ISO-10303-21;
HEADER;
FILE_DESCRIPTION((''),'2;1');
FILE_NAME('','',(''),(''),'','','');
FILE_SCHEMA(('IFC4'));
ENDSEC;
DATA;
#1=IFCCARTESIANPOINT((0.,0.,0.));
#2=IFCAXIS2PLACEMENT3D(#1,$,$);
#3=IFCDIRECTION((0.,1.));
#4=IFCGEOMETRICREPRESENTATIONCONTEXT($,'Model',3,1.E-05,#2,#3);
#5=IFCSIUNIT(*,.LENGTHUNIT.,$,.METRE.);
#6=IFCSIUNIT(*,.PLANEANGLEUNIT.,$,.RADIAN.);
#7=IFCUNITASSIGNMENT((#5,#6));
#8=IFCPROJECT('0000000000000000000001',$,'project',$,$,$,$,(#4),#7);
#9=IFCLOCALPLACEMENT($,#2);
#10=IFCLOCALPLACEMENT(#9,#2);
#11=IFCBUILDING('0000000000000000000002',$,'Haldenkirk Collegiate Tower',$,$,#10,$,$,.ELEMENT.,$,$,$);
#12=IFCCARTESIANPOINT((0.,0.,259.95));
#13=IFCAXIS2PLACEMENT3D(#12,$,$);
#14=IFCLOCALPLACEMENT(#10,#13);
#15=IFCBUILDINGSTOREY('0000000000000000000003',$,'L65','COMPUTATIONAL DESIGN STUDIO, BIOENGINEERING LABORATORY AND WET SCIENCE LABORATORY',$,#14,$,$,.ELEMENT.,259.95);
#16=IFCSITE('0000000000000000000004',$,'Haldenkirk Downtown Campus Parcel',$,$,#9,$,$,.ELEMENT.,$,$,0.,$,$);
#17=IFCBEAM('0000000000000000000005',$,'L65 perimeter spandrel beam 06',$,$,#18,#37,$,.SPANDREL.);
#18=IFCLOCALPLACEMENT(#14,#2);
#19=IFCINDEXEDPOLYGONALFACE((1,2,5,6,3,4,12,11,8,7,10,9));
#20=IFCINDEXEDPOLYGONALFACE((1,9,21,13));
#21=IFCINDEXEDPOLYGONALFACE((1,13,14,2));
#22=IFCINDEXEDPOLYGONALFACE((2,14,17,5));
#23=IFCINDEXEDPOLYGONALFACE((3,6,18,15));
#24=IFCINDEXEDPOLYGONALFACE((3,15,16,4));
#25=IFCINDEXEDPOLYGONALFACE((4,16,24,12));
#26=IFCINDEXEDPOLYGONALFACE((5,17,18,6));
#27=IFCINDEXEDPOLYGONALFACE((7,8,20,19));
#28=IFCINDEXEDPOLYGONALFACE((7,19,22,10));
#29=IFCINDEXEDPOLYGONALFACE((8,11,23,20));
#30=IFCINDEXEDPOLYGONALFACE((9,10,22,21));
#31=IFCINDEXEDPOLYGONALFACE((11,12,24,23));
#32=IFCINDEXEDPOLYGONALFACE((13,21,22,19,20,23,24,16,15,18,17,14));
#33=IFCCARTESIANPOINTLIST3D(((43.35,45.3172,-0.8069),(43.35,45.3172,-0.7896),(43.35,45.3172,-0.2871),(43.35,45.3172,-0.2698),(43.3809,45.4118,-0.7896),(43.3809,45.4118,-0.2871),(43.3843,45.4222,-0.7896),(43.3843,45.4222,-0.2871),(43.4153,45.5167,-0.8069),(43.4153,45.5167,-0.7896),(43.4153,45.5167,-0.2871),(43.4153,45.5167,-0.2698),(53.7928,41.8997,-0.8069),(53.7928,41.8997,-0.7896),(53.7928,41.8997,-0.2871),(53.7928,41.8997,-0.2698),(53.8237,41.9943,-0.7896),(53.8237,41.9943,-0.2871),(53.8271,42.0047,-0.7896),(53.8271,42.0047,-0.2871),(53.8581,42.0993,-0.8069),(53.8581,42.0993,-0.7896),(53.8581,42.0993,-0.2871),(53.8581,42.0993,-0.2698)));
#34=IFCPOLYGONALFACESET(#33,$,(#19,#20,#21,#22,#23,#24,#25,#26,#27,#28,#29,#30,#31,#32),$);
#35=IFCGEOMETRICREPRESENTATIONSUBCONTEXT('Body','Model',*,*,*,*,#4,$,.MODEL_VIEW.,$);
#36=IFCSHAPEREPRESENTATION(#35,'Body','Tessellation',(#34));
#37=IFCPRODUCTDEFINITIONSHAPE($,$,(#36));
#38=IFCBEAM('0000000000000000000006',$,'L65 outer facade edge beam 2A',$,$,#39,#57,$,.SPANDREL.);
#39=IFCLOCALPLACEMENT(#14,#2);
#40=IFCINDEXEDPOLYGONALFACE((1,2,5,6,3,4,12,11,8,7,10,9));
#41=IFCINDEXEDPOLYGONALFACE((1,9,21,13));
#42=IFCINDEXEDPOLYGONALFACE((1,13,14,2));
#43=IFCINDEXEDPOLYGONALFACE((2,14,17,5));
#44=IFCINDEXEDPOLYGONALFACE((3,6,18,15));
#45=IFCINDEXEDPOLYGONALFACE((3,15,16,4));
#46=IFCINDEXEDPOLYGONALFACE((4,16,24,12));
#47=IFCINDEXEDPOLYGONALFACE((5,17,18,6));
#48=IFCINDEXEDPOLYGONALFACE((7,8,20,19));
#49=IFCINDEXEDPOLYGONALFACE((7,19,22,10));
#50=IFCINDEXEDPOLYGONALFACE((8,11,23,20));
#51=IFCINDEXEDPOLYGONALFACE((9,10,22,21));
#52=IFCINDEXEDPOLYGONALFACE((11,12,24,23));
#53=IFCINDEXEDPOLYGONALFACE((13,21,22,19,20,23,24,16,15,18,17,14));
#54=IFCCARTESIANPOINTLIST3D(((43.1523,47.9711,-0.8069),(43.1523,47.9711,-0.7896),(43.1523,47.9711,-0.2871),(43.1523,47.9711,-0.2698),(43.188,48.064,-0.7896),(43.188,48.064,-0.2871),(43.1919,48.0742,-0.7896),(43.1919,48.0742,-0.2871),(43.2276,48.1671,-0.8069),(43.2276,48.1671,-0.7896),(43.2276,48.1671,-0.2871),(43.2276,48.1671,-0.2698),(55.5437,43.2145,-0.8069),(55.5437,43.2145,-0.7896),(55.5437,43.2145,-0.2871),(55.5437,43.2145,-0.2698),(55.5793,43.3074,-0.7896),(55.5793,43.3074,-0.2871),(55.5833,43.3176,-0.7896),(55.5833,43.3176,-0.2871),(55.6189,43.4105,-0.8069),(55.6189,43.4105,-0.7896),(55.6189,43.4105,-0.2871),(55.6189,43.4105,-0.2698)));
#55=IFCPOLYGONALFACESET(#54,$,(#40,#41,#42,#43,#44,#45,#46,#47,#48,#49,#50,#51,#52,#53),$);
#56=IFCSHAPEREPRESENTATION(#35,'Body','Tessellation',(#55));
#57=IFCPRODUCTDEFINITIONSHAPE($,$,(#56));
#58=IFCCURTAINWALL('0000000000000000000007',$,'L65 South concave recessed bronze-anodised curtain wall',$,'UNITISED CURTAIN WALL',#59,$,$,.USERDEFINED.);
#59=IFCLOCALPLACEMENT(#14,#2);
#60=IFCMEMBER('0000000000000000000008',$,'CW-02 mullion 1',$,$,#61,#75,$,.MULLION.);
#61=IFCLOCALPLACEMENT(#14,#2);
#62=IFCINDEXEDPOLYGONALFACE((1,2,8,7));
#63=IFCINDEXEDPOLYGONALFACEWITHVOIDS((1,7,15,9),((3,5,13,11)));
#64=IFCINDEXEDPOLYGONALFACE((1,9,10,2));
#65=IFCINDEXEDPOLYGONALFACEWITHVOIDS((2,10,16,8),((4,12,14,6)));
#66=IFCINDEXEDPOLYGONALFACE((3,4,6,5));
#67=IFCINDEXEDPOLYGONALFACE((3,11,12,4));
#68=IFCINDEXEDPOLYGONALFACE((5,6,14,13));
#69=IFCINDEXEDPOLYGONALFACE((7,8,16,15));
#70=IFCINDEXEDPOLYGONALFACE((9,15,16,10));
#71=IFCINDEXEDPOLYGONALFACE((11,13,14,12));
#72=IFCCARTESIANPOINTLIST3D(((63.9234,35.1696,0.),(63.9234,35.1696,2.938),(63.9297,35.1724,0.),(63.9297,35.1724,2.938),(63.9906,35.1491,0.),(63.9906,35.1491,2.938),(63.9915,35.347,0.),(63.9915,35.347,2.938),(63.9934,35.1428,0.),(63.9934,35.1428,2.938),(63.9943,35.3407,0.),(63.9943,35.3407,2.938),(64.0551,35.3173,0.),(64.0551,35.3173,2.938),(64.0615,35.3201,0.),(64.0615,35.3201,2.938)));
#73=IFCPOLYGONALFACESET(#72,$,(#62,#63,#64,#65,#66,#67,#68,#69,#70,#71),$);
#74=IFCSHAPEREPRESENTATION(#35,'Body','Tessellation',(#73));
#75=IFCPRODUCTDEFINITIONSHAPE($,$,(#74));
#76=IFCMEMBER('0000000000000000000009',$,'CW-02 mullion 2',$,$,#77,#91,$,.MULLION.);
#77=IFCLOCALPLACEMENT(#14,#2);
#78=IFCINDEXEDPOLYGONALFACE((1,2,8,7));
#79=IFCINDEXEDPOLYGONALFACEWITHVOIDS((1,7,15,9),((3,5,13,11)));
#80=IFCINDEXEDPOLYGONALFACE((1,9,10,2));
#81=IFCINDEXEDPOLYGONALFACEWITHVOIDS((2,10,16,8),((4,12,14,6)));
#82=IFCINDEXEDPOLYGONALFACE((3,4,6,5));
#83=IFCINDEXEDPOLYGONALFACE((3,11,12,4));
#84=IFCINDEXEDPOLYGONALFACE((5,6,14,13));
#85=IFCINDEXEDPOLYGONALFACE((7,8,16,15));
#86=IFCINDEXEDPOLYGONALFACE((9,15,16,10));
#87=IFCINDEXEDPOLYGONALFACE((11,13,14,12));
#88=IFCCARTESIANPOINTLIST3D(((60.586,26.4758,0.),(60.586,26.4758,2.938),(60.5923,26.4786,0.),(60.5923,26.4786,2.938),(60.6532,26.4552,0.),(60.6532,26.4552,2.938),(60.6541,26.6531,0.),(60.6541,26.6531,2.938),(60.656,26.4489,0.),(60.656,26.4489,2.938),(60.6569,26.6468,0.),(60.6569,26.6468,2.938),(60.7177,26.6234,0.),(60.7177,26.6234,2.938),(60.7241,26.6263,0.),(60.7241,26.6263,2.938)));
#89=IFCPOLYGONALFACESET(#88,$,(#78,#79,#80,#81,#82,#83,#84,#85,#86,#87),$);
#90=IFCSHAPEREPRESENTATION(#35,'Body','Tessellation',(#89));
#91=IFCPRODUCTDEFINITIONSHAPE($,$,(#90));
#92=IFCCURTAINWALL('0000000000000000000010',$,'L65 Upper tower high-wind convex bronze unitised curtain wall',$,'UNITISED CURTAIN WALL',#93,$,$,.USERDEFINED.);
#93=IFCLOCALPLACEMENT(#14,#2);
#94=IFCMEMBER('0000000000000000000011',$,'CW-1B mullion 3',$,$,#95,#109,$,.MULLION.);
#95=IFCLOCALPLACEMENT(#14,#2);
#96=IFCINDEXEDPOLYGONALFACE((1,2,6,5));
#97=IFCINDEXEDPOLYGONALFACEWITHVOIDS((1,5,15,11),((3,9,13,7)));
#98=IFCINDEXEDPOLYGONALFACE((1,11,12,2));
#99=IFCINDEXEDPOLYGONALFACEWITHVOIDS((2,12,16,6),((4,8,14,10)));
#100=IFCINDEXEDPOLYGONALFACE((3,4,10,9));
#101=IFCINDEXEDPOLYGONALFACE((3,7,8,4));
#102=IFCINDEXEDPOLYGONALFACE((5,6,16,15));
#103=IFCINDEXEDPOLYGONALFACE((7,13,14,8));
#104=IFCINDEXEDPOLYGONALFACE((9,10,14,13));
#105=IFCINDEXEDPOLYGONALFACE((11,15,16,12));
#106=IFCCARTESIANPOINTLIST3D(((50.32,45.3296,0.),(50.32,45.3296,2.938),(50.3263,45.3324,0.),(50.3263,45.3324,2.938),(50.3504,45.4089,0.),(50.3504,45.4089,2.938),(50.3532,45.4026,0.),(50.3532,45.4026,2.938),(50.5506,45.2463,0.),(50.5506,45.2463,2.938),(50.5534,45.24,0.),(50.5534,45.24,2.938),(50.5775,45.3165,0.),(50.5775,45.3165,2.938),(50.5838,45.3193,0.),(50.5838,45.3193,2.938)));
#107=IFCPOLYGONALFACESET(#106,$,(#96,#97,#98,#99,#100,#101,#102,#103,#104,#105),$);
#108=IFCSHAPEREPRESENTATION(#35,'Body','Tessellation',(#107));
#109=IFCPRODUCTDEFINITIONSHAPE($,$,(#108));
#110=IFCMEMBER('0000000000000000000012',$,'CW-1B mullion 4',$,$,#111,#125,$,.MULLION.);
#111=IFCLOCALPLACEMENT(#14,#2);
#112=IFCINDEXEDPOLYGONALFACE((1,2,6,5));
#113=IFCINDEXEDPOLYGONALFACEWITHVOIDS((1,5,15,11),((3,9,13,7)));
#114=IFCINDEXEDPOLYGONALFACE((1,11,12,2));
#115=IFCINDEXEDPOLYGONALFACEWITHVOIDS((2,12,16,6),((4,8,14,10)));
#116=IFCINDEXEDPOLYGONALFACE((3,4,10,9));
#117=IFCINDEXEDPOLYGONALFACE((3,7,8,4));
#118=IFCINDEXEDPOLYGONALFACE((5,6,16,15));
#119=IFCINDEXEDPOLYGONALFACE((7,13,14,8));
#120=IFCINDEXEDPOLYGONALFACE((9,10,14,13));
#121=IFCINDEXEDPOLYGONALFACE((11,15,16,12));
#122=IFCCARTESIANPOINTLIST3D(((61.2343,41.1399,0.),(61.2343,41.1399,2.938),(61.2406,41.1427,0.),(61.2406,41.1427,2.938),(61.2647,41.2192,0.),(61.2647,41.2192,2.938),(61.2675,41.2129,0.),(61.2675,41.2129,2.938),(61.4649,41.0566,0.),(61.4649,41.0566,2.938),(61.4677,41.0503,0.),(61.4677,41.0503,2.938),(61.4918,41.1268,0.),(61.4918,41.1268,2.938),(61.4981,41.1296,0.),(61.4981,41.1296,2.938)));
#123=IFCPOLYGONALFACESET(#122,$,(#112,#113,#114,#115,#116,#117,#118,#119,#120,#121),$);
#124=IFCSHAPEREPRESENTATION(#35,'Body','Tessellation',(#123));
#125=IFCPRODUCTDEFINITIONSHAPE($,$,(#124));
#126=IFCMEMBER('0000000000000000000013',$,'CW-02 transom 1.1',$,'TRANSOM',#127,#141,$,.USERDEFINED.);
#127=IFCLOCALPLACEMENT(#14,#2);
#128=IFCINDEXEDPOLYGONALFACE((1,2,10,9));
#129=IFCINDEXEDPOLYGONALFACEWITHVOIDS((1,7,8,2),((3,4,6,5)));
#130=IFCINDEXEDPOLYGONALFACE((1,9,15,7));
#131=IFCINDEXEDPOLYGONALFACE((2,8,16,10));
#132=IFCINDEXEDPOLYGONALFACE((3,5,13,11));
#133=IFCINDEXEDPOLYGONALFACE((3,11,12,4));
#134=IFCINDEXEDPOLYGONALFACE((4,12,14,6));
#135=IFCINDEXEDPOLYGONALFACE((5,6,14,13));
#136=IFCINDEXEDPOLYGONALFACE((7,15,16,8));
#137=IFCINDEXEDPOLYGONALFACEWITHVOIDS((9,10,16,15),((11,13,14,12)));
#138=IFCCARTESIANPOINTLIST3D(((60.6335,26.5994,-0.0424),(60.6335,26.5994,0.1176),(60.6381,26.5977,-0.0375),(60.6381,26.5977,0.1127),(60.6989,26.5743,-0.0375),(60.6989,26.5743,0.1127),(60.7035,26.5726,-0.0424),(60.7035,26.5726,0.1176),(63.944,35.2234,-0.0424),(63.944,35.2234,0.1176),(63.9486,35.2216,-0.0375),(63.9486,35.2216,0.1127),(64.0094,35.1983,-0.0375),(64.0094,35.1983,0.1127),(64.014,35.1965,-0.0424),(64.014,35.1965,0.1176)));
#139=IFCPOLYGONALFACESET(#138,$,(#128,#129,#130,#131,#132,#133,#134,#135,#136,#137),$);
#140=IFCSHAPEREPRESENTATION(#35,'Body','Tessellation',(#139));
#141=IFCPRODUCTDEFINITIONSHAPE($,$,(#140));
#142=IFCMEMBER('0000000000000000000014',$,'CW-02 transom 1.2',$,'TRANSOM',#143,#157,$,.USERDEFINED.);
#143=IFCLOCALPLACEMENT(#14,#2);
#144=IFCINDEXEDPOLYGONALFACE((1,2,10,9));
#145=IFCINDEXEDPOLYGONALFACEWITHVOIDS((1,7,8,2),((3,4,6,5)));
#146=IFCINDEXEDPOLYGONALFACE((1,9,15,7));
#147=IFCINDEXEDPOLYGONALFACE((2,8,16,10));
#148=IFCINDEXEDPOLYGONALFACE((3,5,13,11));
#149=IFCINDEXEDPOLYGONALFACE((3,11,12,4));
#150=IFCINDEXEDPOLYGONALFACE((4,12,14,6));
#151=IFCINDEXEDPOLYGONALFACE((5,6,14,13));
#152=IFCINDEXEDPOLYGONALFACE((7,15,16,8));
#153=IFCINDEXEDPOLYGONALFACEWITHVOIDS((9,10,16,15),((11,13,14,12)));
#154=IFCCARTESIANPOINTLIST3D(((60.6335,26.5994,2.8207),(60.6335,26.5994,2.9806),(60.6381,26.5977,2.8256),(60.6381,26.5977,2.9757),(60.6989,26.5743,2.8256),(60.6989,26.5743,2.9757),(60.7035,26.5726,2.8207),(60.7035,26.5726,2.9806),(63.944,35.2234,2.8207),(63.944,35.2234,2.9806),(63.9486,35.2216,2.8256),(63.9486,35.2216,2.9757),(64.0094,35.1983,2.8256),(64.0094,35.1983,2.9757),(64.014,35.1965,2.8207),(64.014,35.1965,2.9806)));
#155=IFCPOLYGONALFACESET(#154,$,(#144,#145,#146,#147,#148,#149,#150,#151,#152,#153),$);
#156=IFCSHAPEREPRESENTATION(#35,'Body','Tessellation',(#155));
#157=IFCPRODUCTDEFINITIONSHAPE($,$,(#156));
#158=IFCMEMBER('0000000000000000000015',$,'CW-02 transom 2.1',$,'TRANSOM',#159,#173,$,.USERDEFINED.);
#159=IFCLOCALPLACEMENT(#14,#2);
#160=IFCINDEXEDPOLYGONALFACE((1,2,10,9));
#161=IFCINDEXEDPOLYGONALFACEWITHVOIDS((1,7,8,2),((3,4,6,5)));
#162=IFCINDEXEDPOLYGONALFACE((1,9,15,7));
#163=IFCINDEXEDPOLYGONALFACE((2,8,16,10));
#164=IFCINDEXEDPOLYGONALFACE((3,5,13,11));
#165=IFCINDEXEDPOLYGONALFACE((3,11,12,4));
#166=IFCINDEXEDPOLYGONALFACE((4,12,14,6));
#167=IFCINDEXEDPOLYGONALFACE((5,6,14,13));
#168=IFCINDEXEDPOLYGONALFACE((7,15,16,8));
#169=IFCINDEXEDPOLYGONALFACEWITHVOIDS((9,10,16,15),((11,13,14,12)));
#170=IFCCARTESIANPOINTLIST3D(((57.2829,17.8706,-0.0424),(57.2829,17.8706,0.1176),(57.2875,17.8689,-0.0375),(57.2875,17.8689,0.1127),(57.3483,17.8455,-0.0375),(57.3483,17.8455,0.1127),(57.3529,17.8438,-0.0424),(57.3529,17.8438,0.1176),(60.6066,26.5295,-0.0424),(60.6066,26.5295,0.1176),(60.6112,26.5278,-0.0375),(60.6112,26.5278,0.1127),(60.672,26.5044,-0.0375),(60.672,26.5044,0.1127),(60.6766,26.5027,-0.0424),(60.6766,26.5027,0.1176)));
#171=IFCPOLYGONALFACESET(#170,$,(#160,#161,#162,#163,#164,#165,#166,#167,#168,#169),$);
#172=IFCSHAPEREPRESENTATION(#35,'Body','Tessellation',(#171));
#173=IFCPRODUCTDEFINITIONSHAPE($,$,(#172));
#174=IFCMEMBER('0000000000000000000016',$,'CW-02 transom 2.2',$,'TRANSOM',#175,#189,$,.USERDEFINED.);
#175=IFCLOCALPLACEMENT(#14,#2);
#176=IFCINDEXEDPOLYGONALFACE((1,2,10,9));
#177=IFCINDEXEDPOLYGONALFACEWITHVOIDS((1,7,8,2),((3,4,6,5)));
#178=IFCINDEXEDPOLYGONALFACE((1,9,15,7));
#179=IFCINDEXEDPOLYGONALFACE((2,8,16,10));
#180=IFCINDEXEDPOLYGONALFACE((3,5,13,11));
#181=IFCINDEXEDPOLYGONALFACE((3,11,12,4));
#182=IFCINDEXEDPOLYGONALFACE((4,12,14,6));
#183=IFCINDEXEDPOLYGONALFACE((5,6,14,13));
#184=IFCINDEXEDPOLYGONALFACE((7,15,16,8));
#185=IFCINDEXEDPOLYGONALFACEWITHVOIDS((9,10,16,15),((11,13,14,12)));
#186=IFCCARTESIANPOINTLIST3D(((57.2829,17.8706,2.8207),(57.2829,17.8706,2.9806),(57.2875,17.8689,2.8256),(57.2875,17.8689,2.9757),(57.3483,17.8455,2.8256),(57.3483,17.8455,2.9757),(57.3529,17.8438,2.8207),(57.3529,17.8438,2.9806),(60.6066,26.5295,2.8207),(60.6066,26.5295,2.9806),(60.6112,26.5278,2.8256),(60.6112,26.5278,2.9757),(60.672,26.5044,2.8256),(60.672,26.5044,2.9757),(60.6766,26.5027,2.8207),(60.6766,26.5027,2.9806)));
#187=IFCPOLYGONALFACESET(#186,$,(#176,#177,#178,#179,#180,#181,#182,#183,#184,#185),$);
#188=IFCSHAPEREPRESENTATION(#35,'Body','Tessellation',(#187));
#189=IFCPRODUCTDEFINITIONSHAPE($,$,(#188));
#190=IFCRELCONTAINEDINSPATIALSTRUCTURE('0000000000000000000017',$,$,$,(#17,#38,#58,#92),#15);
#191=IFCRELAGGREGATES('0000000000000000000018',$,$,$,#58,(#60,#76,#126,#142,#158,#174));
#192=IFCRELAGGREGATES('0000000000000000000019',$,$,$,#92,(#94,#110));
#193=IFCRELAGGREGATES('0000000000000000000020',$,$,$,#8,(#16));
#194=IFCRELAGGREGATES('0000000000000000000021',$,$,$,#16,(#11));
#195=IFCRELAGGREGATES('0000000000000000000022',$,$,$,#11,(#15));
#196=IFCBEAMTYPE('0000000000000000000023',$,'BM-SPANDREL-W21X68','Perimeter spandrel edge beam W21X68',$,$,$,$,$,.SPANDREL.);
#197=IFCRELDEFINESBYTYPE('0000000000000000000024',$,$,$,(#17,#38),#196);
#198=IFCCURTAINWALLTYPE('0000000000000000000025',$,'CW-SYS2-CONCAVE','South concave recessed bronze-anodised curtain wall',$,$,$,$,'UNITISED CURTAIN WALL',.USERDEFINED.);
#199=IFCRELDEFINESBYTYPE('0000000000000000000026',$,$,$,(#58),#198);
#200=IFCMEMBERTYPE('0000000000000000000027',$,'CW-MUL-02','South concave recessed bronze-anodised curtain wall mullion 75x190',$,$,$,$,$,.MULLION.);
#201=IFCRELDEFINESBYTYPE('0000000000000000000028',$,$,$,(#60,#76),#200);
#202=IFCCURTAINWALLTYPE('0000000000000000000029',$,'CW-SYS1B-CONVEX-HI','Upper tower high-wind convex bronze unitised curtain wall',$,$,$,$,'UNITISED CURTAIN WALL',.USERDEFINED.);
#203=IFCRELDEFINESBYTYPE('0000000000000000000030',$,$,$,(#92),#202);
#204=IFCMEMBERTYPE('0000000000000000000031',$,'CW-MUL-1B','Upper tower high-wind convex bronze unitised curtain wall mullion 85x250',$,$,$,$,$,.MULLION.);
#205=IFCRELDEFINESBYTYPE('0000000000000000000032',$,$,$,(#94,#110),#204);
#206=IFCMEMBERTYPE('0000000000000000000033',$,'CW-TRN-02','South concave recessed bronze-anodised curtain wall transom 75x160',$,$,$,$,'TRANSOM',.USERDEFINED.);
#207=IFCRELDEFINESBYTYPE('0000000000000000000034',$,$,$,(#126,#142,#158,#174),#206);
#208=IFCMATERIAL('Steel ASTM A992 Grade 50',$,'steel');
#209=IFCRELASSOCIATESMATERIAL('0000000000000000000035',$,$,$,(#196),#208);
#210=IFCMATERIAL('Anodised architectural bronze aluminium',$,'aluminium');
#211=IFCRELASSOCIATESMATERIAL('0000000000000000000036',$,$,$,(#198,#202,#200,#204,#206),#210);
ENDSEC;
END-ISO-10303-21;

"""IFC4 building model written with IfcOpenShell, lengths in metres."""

from ifc_helpers import new_model, si_unit, direction, frame, origin, origin_2d, place, context, subcontext, project, spatial, hollow_rectangle, i_section, extrude, material, material_profile, profile_set, type_object, element, aggregate, save


model = new_model("IFC4")

# Units and contexts
model_context = context("Model", 3, precision=1e-05, world=origin(), true_north=direction((0.0, 1.0)))
body_context = subcontext(model_context, "Body", "Model", "MODEL_VIEW")
ifc_project = project(units=[si_unit("LENGTHUNIT", "METRE"), si_unit("PLANEANGLEUNIT", "RADIAN")], contexts=[model_context])

# Site, building, storey
site_placement = place(None, origin())
site = spatial("IfcSite", under=ifc_project, at=site_placement, Name="Haldenkirk Downtown Campus Parcel", CompositionType="ELEMENT", RefElevation=0.0)
building_placement = place(site_placement, origin())
building = spatial("IfcBuilding", under=site, at=building_placement, Name="Haldenkirk Collegiate Tower", CompositionType="ELEMENT")
storey_placement = place(building_placement, frame((0.0, 0.0, 259.95)))
storey = spatial("IfcBuildingStorey", under=building, at=storey_placement, Name="L65", Description="COMPUTATIONAL DESIGN STUDIO, BIOENGINEERING LABORATORY AND WET SCIENCE LABORATORY", CompositionType="ELEMENT", Elevation=259.95)

# Beams
ifc_material_1 = material(Name="Steel ASTM A992 Grade 50", Category="steel")
ifc_material_profile_1 = material_profile(ifc_material_1, i_section(OverallWidth=0.21, OverallDepth=0.5371, WebThickness=0.011, FlangeThickness=0.0173, at=origin_2d()), Name="W21X68")
ifc_profile_set_1 = profile_set([ifc_material_profile_1], Name="Steel ASTM A992 Grade 50")
beam_type_1 = type_object("IfcBeamType", Name="BM-SPANDREL-W21X68", Description="Perimeter spandrel edge beam W21X68", PredefinedType="SPANDREL", material=ifc_profile_set_1)
beam_1_placement = place(storey_placement, frame((53.8254, 41.9995, -0.5383), z_axis=(-0.950402, 0.311024, 0.0), x_axis=(-0.311024, -0.950402, 0.0)))
element("IfcBeam", 1, at=beam_1_placement, inside=storey, type_object=beam_type_1, Name="L65 perimeter spandrel beam 06", PredefinedType="SPANDREL", context=body_context, shape_type="SweptSolid", body=[
    extrude(i_section(OverallWidth=0.21, OverallDepth=0.5371, WebThickness=0.011, FlangeThickness=0.0173, at=origin_2d()), origin(), (0.0, 0.0, 1.0), 10.9878),
])
beam_2_placement = place(storey_placement, frame((55.5813, 43.3125, -0.5383), z_axis=(-0.933581, 0.358368, 0.0), x_axis=(-0.358368, -0.933581, 0.0)))
element("IfcBeam", 2, at=beam_2_placement, inside=storey, type_object=beam_type_1, Name="L65 outer facade edge beam 2A", PredefinedType="SPANDREL", context=body_context, shape_type="SweptSolid", body=[
    extrude(i_section(OverallWidth=0.21, OverallDepth=0.5371, WebThickness=0.011, FlangeThickness=0.0173, at=origin_2d()), origin(), (0.0, 0.0, 1.0), 13.2729),
])

# Curtain walls, members
ifc_material_2 = material(Name="Anodised architectural bronze aluminium", Category="aluminium")
curtain_wall_type_1 = type_object("IfcCurtainWallType", Name="CW-SYS2-CONCAVE", Description="South concave recessed bronze-anodised curtain wall", ElementType="UNITISED CURTAIN WALL", PredefinedType="USERDEFINED", material=ifc_material_2)
curtain_wall_1_placement = place(storey_placement, origin())
curtain_wall_1 = element("IfcCurtainWall", 3, at=curtain_wall_1_placement, inside=storey, type_object=curtain_wall_type_1, Name="L65 South concave recessed bronze-anodised curtain wall", ObjectType="UNITISED CURTAIN WALL", PredefinedType="USERDEFINED")
ifc_material_profile_2 = material_profile(ifc_material_2, hollow_rectangle(XDim=0.075, YDim=0.1899, WallThickness=0.0049, at=origin_2d()), Name="CW-MUL-02")
ifc_profile_set_2 = profile_set([ifc_material_profile_2], Name="Anodised architectural bronze aluminium")
member_type_1 = type_object("IfcMemberType", Name="CW-MUL-02", Description="South concave recessed bronze-anodised curtain wall mullion 75x190", PredefinedType="MULLION", material=ifc_profile_set_2)
member_1_placement = place(storey_placement, frame((63.9924, 35.2449, 0.0), z_axis=(0.0, 0.0, 1.0), x_axis=(0.933579, -0.358371, 0.0)))
member_1 = element("IfcMember", 4, at=member_1_placement, type_object=member_type_1, Name="CW-02 mullion 1", PredefinedType="MULLION", context=body_context, shape_type="SweptSolid", body=[
    extrude(hollow_rectangle(XDim=0.075, YDim=0.1899, WallThickness=0.0049, at=origin_2d()), origin(), (0.0, 0.0, 1.0), 2.938),
])
member_2_placement = place(storey_placement, frame((60.655, 26.551, 0.0), z_axis=(0.0, 0.0, 1.0), x_axis=(0.933579, -0.358371, 0.0)))
member_2 = element("IfcMember", 5, at=member_2_placement, type_object=member_type_1, Name="CW-02 mullion 2", PredefinedType="MULLION", context=body_context, shape_type="SweptSolid", body=[
    extrude(hollow_rectangle(XDim=0.075, YDim=0.1899, WallThickness=0.0049, at=origin_2d()), origin(), (0.0, 0.0, 1.0), 2.938),
])
curtain_wall_type_2 = type_object("IfcCurtainWallType", Name="CW-SYS1B-CONVEX-HI", Description="Upper tower high-wind convex bronze unitised curtain wall", ElementType="UNITISED CURTAIN WALL", PredefinedType="USERDEFINED", material=ifc_material_2)
curtain_wall_2_placement = place(storey_placement, origin())
curtain_wall_2 = element("IfcCurtainWall", 6, at=curtain_wall_2_placement, inside=storey, type_object=curtain_wall_type_2, Name="L65 Upper tower high-wind convex bronze unitised curtain wall", ObjectType="UNITISED CURTAIN WALL", PredefinedType="USERDEFINED")
ifc_material_profile_3 = material_profile(ifc_material_2, hollow_rectangle(XDim=0.085, YDim=0.25, WallThickness=0.0049, at=origin_2d()), Name="CW-MUL-1B")
ifc_profile_set_3 = profile_set([ifc_material_profile_3], Name="Anodised architectural bronze aluminium")
member_type_2 = type_object("IfcMemberType", Name="CW-MUL-1B", Description="Upper tower high-wind convex bronze unitised curtain wall mullion 85x250", PredefinedType="MULLION", material=ifc_profile_set_3)
member_3_placement = place(storey_placement, frame((50.4519, 45.3245, 0.0), z_axis=(0.0, 0.0, 1.0), x_axis=(0.358368, 0.93358, 0.0)))
member_3 = element("IfcMember", 7, at=member_3_placement, type_object=member_type_2, Name="CW-1B mullion 3", PredefinedType="MULLION", context=body_context, shape_type="SweptSolid", body=[
    extrude(hollow_rectangle(XDim=0.085, YDim=0.25, WallThickness=0.0049, at=origin_2d()), origin(), (0.0, 0.0, 1.0), 2.938),
])
member_4_placement = place(storey_placement, frame((61.3662, 41.1348, 0.0), z_axis=(0.0, 0.0, 1.0), x_axis=(0.358368, 0.93358, 0.0)))
member_4 = element("IfcMember", 8, at=member_4_placement, type_object=member_type_2, Name="CW-1B mullion 4", PredefinedType="MULLION", context=body_context, shape_type="SweptSolid", body=[
    extrude(hollow_rectangle(XDim=0.085, YDim=0.25, WallThickness=0.0049, at=origin_2d()), origin(), (0.0, 0.0, 1.0), 2.938),
])

# Members
ifc_material_profile_4 = material_profile(ifc_material_2, hollow_rectangle(XDim=0.075, YDim=0.1599, WallThickness=0.0049, at=origin_2d()), Name="CW-TRN-02")
ifc_profile_set_4 = profile_set([ifc_material_profile_4], Name="Anodised architectural bronze aluminium")
member_type_3 = type_object("IfcMemberType", Name="CW-TRN-02", Description="South concave recessed bronze-anodised curtain wall transom 75x160", ElementType="TRANSOM", PredefinedType="USERDEFINED", material=ifc_profile_set_4)
member_5_placement = place(storey_placement, frame((63.979, 35.21, 0.0376), z_axis=(-0.358377, -0.933577, 0.0), x_axis=(0.933577, -0.358377, 0.0)))
member_5 = element("IfcMember", 9, at=member_5_placement, type_object=member_type_3, Name="CW-02 transom 1.1", ObjectType="TRANSOM", PredefinedType="USERDEFINED", context=body_context, shape_type="SweptSolid", body=[
    extrude(hollow_rectangle(XDim=0.075, YDim=0.1599, WallThickness=0.0049, at=origin_2d()), origin(), (0.0, 0.0, 1.0), 9.2375),
])
member_6_placement = place(storey_placement, frame((63.979, 35.21, 2.9006), z_axis=(-0.358377, -0.933577, 0.0), x_axis=(0.933577, -0.358377, 0.0)))
member_6 = element("IfcMember", 10, at=member_6_placement, type_object=member_type_3, Name="CW-02 transom 1.2", ObjectType="TRANSOM", PredefinedType="USERDEFINED", context=body_context, shape_type="SweptSolid", body=[
    extrude(hollow_rectangle(XDim=0.075, YDim=0.1599, WallThickness=0.0049, at=origin_2d()), origin(), (0.0, 0.0, 1.0), 9.2375),
])
member_7_placement = place(storey_placement, frame((60.6416, 26.5161, 0.0376), z_axis=(-0.358356, -0.933585, 0.0), x_axis=(0.933585, -0.358356, 0.0)))
member_7 = element("IfcMember", 11, at=member_7_placement, type_object=member_type_3, Name="CW-02 transom 2.1", ObjectType="TRANSOM", PredefinedType="USERDEFINED", context=body_context, shape_type="SweptSolid", body=[
    extrude(hollow_rectangle(XDim=0.075, YDim=0.1599, WallThickness=0.0049, at=origin_2d()), origin(), (0.0, 0.0, 1.0), 9.2749),
])
member_8_placement = place(storey_placement, frame((60.6416, 26.5161, 2.9006), z_axis=(-0.358356, -0.933585, 0.0), x_axis=(0.933585, -0.358356, 0.0)))
member_8 = element("IfcMember", 12, at=member_8_placement, type_object=member_type_3, Name="CW-02 transom 2.2", ObjectType="TRANSOM", PredefinedType="USERDEFINED", context=body_context, shape_type="SweptSolid", body=[
    extrude(hollow_rectangle(XDim=0.075, YDim=0.1599, WallThickness=0.0049, at=origin_2d()), origin(), (0.0, 0.0, 1.0), 9.2749),
])

aggregate(curtain_wall_1, [member_1, member_2, member_5, member_6, member_7, member_8])
aggregate(curtain_wall_2, [member_3, member_4])

save(model, "model.ifc")
